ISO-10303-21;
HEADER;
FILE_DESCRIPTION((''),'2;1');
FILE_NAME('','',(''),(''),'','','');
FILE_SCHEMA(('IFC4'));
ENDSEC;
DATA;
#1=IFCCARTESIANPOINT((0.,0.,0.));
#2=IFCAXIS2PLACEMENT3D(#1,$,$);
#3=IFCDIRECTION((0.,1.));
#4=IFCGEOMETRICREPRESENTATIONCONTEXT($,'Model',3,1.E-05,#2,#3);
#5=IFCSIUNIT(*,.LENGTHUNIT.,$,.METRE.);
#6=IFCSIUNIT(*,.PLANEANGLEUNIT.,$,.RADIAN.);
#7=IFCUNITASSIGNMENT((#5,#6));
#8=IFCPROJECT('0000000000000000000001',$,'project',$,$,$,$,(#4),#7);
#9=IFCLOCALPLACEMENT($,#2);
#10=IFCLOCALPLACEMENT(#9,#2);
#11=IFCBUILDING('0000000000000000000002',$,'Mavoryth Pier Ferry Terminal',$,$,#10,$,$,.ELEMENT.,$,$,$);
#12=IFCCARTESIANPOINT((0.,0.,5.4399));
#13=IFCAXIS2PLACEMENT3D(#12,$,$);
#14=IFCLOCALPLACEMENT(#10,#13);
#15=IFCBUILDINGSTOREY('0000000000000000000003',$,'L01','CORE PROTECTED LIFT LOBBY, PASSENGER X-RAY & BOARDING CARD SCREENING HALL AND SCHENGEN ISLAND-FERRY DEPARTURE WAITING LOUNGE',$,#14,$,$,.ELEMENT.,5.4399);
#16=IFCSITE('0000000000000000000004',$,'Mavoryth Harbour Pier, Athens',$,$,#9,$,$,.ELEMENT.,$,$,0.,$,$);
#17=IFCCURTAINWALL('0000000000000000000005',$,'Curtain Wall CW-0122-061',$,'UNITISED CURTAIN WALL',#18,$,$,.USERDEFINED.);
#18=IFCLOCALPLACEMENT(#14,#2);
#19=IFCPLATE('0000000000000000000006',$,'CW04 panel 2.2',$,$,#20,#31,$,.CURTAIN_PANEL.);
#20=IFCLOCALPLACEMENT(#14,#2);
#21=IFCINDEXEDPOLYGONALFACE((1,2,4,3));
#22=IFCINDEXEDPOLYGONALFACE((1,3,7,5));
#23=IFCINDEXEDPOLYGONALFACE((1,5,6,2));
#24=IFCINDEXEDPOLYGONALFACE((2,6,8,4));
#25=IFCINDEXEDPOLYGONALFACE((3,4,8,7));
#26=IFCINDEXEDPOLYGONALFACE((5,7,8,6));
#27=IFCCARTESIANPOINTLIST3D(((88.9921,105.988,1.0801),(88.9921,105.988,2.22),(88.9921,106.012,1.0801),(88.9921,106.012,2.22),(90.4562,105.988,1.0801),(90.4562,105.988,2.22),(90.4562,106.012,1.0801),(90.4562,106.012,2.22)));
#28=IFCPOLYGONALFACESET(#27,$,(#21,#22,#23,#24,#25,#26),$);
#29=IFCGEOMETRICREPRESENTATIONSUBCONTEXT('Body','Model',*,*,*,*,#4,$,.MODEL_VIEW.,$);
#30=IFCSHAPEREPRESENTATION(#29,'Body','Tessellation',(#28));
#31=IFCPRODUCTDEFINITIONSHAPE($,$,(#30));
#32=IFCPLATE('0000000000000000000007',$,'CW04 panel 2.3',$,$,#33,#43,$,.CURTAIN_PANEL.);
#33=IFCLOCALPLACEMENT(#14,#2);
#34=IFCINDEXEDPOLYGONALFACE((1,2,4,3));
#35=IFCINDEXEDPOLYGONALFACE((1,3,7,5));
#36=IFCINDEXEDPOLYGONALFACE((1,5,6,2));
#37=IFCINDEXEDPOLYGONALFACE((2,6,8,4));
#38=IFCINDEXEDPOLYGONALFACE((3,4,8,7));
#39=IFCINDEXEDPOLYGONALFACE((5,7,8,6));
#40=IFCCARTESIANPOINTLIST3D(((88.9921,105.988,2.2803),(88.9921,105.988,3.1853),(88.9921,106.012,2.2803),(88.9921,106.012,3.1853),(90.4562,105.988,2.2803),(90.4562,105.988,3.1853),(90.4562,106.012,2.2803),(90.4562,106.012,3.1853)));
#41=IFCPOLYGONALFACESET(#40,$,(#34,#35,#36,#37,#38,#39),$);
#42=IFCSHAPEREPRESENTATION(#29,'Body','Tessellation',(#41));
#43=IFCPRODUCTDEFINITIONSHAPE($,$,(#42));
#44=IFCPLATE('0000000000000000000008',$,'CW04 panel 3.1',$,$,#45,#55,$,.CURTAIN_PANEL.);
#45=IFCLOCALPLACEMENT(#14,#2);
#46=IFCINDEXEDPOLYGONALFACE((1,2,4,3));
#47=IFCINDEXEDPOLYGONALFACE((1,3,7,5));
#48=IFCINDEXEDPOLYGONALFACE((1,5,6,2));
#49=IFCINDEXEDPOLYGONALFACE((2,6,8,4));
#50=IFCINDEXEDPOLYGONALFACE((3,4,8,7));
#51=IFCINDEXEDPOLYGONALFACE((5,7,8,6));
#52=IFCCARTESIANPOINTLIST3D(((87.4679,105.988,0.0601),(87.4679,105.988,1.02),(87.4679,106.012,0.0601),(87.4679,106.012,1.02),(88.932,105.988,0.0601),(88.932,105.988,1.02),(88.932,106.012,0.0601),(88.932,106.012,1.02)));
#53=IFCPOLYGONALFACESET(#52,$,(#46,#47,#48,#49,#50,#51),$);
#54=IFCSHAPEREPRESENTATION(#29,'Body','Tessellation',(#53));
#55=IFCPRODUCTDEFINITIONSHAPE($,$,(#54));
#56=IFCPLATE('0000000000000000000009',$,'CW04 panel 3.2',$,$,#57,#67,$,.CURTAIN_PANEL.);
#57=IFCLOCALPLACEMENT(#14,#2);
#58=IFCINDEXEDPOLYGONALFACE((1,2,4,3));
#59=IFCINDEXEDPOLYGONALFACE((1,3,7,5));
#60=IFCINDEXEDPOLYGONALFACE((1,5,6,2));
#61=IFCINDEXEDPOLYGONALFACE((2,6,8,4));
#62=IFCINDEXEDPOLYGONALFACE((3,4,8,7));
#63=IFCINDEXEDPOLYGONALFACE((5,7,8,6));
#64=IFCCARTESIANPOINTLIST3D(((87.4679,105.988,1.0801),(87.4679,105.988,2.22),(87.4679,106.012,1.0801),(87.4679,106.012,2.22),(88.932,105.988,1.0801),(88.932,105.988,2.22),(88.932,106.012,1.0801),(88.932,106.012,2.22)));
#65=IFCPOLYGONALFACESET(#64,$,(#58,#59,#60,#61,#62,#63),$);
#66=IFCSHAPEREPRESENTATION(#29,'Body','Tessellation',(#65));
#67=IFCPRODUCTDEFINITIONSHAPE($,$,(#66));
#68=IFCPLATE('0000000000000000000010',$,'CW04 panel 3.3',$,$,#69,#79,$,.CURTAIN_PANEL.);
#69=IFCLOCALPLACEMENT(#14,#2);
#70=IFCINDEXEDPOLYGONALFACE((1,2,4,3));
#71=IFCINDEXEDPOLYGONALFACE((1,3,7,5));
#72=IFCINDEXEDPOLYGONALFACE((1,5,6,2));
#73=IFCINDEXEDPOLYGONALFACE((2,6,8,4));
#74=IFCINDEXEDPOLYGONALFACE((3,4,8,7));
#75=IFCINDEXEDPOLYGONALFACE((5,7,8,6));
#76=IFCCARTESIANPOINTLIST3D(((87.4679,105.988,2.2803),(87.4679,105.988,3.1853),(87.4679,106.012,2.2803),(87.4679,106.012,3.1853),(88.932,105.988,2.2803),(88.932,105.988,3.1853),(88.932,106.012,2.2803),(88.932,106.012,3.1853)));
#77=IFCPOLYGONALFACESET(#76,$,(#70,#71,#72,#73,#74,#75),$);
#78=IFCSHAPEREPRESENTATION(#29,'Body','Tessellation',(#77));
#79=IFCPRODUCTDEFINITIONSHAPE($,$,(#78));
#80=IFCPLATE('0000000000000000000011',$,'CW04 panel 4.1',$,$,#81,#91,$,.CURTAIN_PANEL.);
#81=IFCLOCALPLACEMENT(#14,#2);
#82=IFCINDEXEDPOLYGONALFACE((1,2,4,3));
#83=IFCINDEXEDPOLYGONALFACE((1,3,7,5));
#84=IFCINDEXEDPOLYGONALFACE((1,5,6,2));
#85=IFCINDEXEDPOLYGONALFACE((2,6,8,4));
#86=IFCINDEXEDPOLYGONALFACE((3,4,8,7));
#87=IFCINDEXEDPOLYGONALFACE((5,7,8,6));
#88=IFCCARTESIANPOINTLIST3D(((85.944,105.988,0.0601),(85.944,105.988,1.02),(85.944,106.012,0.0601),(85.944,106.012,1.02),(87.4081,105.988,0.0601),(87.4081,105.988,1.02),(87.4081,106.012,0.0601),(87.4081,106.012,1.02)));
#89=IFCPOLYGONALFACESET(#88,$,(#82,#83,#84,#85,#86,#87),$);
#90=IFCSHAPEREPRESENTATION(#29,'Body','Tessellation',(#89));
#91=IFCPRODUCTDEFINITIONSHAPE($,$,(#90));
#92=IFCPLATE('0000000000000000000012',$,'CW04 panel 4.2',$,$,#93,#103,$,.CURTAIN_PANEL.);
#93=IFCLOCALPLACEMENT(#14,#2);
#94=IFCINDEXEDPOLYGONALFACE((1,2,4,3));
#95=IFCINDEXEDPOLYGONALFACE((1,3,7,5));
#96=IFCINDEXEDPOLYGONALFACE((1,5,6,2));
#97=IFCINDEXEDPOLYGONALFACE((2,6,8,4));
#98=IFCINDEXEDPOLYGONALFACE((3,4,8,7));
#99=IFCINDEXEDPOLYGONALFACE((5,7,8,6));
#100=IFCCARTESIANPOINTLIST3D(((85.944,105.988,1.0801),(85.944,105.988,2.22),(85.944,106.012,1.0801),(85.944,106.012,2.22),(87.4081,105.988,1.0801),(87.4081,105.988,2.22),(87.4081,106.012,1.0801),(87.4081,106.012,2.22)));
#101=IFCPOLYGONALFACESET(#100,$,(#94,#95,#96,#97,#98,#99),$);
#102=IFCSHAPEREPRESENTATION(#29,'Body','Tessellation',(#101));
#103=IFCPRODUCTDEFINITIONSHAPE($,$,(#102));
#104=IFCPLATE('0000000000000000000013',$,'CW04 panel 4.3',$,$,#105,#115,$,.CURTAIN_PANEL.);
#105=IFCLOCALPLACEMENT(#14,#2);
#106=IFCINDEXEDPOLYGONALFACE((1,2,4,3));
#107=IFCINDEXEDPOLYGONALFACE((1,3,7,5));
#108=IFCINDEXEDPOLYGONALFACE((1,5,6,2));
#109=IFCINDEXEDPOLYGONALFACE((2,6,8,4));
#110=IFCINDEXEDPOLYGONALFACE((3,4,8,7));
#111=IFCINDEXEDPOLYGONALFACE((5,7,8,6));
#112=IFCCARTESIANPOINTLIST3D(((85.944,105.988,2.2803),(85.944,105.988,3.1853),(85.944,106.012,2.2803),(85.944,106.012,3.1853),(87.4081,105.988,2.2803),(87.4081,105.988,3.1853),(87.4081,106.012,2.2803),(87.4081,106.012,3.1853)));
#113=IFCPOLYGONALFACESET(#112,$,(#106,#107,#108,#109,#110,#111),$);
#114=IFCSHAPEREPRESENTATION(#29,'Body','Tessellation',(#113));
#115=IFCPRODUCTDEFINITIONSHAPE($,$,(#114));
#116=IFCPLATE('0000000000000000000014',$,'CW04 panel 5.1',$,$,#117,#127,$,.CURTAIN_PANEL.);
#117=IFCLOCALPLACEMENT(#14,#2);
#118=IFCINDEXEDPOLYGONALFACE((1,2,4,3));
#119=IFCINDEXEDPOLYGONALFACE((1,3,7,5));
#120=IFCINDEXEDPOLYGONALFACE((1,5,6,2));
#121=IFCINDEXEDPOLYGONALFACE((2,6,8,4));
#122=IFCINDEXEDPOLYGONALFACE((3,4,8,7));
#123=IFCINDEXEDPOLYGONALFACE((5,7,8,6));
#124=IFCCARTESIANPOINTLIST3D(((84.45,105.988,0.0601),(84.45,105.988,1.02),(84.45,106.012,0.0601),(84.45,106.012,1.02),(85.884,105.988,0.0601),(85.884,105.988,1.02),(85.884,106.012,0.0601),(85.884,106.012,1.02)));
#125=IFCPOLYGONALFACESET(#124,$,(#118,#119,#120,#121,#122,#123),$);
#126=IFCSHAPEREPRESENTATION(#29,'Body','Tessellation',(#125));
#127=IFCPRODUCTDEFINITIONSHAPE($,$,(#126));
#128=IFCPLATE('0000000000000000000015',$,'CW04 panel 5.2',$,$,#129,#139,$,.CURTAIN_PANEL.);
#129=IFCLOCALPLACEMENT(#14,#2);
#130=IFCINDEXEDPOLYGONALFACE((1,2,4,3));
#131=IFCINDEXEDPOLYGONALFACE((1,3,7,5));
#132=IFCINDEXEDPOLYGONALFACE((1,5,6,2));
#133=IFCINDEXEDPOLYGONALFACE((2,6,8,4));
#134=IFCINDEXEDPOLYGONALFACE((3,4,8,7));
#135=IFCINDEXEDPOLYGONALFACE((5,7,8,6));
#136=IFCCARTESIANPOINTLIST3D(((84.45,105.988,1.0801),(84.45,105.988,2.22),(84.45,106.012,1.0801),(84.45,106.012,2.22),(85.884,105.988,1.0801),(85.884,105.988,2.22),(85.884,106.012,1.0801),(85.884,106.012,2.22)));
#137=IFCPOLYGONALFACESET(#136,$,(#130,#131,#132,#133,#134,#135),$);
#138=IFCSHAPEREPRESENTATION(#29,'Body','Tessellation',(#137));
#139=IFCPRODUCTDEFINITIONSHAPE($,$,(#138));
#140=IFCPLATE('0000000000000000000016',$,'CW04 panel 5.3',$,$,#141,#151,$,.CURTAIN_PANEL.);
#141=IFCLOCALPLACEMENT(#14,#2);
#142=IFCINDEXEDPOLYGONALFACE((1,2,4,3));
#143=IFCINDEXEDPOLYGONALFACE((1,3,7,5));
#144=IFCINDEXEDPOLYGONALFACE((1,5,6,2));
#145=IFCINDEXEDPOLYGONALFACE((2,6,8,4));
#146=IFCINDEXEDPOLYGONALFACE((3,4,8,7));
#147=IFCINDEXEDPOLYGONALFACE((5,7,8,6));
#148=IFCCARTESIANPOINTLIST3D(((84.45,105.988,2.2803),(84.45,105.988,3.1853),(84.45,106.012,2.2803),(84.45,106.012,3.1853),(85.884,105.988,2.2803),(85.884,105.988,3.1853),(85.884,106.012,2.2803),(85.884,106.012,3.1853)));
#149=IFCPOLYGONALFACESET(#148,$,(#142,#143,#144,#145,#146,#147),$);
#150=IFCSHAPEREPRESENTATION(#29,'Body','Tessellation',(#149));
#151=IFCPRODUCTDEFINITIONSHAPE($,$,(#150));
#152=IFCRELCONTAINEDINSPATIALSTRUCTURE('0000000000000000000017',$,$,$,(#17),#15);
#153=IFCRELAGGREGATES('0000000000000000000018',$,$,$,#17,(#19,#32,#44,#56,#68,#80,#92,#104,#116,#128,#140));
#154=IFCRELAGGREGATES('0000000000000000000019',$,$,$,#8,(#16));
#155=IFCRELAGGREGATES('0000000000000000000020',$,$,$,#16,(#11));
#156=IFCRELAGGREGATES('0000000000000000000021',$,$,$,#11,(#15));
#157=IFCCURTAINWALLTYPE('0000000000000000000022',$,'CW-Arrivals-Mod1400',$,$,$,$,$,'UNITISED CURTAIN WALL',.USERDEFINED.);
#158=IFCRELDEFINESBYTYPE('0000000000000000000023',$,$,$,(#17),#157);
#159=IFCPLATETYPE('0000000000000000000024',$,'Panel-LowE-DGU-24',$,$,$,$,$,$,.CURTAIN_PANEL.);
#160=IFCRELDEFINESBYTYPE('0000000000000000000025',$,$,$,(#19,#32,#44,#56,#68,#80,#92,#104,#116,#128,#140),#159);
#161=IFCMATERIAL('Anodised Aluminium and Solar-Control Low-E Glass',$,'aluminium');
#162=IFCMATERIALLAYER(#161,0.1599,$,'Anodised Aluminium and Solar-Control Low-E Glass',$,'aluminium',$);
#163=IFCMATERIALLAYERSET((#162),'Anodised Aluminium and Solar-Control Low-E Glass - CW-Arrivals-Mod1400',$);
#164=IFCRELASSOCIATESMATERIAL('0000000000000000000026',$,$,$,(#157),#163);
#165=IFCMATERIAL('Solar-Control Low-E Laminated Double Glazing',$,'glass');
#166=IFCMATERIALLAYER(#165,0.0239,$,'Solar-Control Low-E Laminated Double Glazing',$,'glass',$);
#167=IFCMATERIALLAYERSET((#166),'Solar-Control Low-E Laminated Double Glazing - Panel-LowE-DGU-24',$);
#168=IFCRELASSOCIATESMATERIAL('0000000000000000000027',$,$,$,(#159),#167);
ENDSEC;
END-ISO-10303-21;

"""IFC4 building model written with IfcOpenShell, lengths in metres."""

from ifc_helpers import new_model, si_unit, direction, frame, origin, origin_2d, place, context, subcontext, project, spatial, rectangle, extrude, material, layer, layer_set, type_object, element, aggregate, save


model = new_model("IFC4")

# Units and contexts
model_context = context("Model", 3, precision=1e-05, world=origin(), true_north=direction((0.0, 1.0)))
body_context = subcontext(model_context, "Body", "Model", "MODEL_VIEW")
ifc_project = project(units=[si_unit("LENGTHUNIT", "METRE"), si_unit("PLANEANGLEUNIT", "RADIAN")], contexts=[model_context])

# Site, building, storey
site_placement = place(None, origin())
site = spatial("IfcSite", under=ifc_project, at=site_placement, Name="Mavoryth Harbour Pier, Athens", CompositionType="ELEMENT", RefElevation=0.0)
building_placement = place(site_placement, origin())
building = spatial("IfcBuilding", under=site, at=building_placement, Name="Mavoryth Pier Ferry Terminal", CompositionType="ELEMENT")
storey_placement = place(building_placement, frame((0.0, 0.0, 5.4399)))
storey = spatial("IfcBuildingStorey", under=building, at=storey_placement, Name="L01", Description="CORE PROTECTED LIFT LOBBY, PASSENGER X-RAY & BOARDING CARD SCREENING HALL AND SCHENGEN ISLAND-FERRY DEPARTURE WAITING LOUNGE", CompositionType="ELEMENT", Elevation=5.4399)

# Curtain wall, plates
ifc_material_1 = material(Name="Anodised Aluminium and Solar-Control Low-E Glass", Category="aluminium")
ifc_layer_1 = layer(ifc_material_1, 0.1599, Name="Anodised Aluminium and Solar-Control Low-E Glass", Category="aluminium")
ifc_layer_set_1 = layer_set([ifc_layer_1], Name="Anodised Aluminium and Solar-Control Low-E Glass - CW-Arrivals-Mod1400")
curtain_wall_type = type_object("IfcCurtainWallType", Name="CW-Arrivals-Mod1400", ElementType="UNITISED CURTAIN WALL", PredefinedType="USERDEFINED", material=ifc_layer_set_1)
curtain_wall_placement = place(storey_placement, origin())
curtain_wall = element("IfcCurtainWall", 1, at=curtain_wall_placement, inside=storey, type_object=curtain_wall_type, Name="Curtain Wall CW-0122-061", ObjectType="UNITISED CURTAIN WALL", PredefinedType="USERDEFINED")
ifc_material_2 = material(Name="Solar-Control Low-E Laminated Double Glazing", Category="glass")
ifc_layer_2 = layer(ifc_material_2, 0.0239, Name="Solar-Control Low-E Laminated Double Glazing", Category="glass")
ifc_layer_set_2 = layer_set([ifc_layer_2], Name="Solar-Control Low-E Laminated Double Glazing - Panel-LowE-DGU-24")
plate_type = type_object("IfcPlateType", Name="Panel-LowE-DGU-24", PredefinedType="CURTAIN_PANEL", material=ifc_layer_set_2)
plate_1_placement = place(storey_placement, frame((89.7241, 106.0, 1.0801), z_axis=(0.0, 0.0, 1.0), x_axis=(-1.0, 0.0, 0.0)))
plate_1 = element("IfcPlate", 2, at=plate_1_placement, type_object=plate_type, Name="CW04 panel 2.2", PredefinedType="CURTAIN_PANEL", context=body_context, shape_type="SweptSolid", body=[
    extrude(rectangle(XDim=1.4641, YDim=0.0239, at=origin_2d()), origin(), (0.0, 0.0, 1.0), 1.1399),
])
plate_2_placement = place(storey_placement, frame((89.7241, 106.0, 2.2803), z_axis=(0.0, 0.0, 1.0), x_axis=(-1.0, 0.0, 0.0)))
plate_2 = element("IfcPlate", 3, at=plate_2_placement, type_object=plate_type, Name="CW04 panel 2.3", PredefinedType="CURTAIN_PANEL", context=body_context, shape_type="SweptSolid", body=[
    extrude(rectangle(XDim=1.4641, YDim=0.0239, at=origin_2d()), origin(), (0.0, 0.0, 1.0), 0.905),
])
plate_3_placement = place(storey_placement, frame((88.2, 106.0, 0.0601), z_axis=(0.0, 0.0, 1.0), x_axis=(-1.0, 0.0, 0.0)))
plate_3 = element("IfcPlate", 4, at=plate_3_placement, type_object=plate_type, Name="CW04 panel 3.1", PredefinedType="CURTAIN_PANEL", context=body_context, shape_type="SweptSolid", body=[
    extrude(rectangle(XDim=1.4641, YDim=0.0239, at=origin_2d()), origin(), (0.0, 0.0, 1.0), 0.96),
])
plate_4_placement = place(storey_placement, frame((88.2, 106.0, 1.0801), z_axis=(0.0, 0.0, 1.0), x_axis=(-1.0, 0.0, 0.0)))
plate_4 = element("IfcPlate", 5, at=plate_4_placement, type_object=plate_type, Name="CW04 panel 3.2", PredefinedType="CURTAIN_PANEL", context=body_context, shape_type="SweptSolid", body=[
    extrude(rectangle(XDim=1.4641, YDim=0.0239, at=origin_2d()), origin(), (0.0, 0.0, 1.0), 1.1399),
])
plate_5_placement = place(storey_placement, frame((88.2, 106.0, 2.2803), z_axis=(0.0, 0.0, 1.0), x_axis=(-1.0, 0.0, 0.0)))
plate_5 = element("IfcPlate", 6, at=plate_5_placement, type_object=plate_type, Name="CW04 panel 3.3", PredefinedType="CURTAIN_PANEL", context=body_context, shape_type="SweptSolid", body=[
    extrude(rectangle(XDim=1.4641, YDim=0.0239, at=origin_2d()), origin(), (0.0, 0.0, 1.0), 0.905),
])
plate_6_placement = place(storey_placement, frame((86.676, 106.0, 0.0601), z_axis=(0.0, 0.0, 1.0), x_axis=(-1.0, 0.0, 0.0)))
plate_6 = element("IfcPlate", 7, at=plate_6_placement, type_object=plate_type, Name="CW04 panel 4.1", PredefinedType="CURTAIN_PANEL", context=body_context, shape_type="SweptSolid", body=[
    extrude(rectangle(XDim=1.4641, YDim=0.0239, at=origin_2d()), origin(), (0.0, 0.0, 1.0), 0.96),
])
plate_7_placement = place(storey_placement, frame((86.676, 106.0, 1.0801), z_axis=(0.0, 0.0, 1.0), x_axis=(-1.0, 0.0, 0.0)))
plate_7 = element("IfcPlate", 8, at=plate_7_placement, type_object=plate_type, Name="CW04 panel 4.2", PredefinedType="CURTAIN_PANEL", context=body_context, shape_type="SweptSolid", body=[
    extrude(rectangle(XDim=1.4641, YDim=0.0239, at=origin_2d()), origin(), (0.0, 0.0, 1.0), 1.1399),
])
plate_8_placement = place(storey_placement, frame((86.676, 106.0, 2.2803), z_axis=(0.0, 0.0, 1.0), x_axis=(-1.0, 0.0, 0.0)))
plate_8 = element("IfcPlate", 9, at=plate_8_placement, type_object=plate_type, Name="CW04 panel 4.3", PredefinedType="CURTAIN_PANEL", context=body_context, shape_type="SweptSolid", body=[
    extrude(rectangle(XDim=1.4641, YDim=0.0239, at=origin_2d()), origin(), (0.0, 0.0, 1.0), 0.905),
])
plate_9_placement = place(storey_placement, frame((85.167, 106.0, 0.0601), z_axis=(0.0, 0.0, 1.0), x_axis=(-1.0, 0.0, 0.0)))
plate_9 = element("IfcPlate", 10, at=plate_9_placement, type_object=plate_type, Name="CW04 panel 5.1", PredefinedType="CURTAIN_PANEL", context=body_context, shape_type="SweptSolid", body=[
    extrude(rectangle(XDim=1.4341, YDim=0.0239, at=origin_2d()), origin(), (0.0, 0.0, 1.0), 0.96),
])
plate_10_placement = place(storey_placement, frame((85.167, 106.0, 1.0801), z_axis=(0.0, 0.0, 1.0), x_axis=(-1.0, 0.0, 0.0)))
plate_10 = element("IfcPlate", 11, at=plate_10_placement, type_object=plate_type, Name="CW04 panel 5.2", PredefinedType="CURTAIN_PANEL", context=body_context, shape_type="SweptSolid", body=[
    extrude(rectangle(XDim=1.4341, YDim=0.0239, at=origin_2d()), origin(), (0.0, 0.0, 1.0), 1.1399),
])
plate_11_placement = place(storey_placement, frame((85.167, 106.0, 2.2803), z_axis=(0.0, 0.0, 1.0), x_axis=(-1.0, 0.0, 0.0)))
plate_11 = element("IfcPlate", 12, at=plate_11_placement, type_object=plate_type, Name="CW04 panel 5.3", PredefinedType="CURTAIN_PANEL", context=body_context, shape_type="SweptSolid", body=[
    extrude(rectangle(XDim=1.4341, YDim=0.0239, at=origin_2d()), origin(), (0.0, 0.0, 1.0), 0.905),
])
aggregate(curtain_wall, [plate_1, plate_2, plate_3, plate_4, plate_5, plate_6, plate_7, plate_8, plate_9, plate_10, plate_11])

save(model, "model.ifc")
